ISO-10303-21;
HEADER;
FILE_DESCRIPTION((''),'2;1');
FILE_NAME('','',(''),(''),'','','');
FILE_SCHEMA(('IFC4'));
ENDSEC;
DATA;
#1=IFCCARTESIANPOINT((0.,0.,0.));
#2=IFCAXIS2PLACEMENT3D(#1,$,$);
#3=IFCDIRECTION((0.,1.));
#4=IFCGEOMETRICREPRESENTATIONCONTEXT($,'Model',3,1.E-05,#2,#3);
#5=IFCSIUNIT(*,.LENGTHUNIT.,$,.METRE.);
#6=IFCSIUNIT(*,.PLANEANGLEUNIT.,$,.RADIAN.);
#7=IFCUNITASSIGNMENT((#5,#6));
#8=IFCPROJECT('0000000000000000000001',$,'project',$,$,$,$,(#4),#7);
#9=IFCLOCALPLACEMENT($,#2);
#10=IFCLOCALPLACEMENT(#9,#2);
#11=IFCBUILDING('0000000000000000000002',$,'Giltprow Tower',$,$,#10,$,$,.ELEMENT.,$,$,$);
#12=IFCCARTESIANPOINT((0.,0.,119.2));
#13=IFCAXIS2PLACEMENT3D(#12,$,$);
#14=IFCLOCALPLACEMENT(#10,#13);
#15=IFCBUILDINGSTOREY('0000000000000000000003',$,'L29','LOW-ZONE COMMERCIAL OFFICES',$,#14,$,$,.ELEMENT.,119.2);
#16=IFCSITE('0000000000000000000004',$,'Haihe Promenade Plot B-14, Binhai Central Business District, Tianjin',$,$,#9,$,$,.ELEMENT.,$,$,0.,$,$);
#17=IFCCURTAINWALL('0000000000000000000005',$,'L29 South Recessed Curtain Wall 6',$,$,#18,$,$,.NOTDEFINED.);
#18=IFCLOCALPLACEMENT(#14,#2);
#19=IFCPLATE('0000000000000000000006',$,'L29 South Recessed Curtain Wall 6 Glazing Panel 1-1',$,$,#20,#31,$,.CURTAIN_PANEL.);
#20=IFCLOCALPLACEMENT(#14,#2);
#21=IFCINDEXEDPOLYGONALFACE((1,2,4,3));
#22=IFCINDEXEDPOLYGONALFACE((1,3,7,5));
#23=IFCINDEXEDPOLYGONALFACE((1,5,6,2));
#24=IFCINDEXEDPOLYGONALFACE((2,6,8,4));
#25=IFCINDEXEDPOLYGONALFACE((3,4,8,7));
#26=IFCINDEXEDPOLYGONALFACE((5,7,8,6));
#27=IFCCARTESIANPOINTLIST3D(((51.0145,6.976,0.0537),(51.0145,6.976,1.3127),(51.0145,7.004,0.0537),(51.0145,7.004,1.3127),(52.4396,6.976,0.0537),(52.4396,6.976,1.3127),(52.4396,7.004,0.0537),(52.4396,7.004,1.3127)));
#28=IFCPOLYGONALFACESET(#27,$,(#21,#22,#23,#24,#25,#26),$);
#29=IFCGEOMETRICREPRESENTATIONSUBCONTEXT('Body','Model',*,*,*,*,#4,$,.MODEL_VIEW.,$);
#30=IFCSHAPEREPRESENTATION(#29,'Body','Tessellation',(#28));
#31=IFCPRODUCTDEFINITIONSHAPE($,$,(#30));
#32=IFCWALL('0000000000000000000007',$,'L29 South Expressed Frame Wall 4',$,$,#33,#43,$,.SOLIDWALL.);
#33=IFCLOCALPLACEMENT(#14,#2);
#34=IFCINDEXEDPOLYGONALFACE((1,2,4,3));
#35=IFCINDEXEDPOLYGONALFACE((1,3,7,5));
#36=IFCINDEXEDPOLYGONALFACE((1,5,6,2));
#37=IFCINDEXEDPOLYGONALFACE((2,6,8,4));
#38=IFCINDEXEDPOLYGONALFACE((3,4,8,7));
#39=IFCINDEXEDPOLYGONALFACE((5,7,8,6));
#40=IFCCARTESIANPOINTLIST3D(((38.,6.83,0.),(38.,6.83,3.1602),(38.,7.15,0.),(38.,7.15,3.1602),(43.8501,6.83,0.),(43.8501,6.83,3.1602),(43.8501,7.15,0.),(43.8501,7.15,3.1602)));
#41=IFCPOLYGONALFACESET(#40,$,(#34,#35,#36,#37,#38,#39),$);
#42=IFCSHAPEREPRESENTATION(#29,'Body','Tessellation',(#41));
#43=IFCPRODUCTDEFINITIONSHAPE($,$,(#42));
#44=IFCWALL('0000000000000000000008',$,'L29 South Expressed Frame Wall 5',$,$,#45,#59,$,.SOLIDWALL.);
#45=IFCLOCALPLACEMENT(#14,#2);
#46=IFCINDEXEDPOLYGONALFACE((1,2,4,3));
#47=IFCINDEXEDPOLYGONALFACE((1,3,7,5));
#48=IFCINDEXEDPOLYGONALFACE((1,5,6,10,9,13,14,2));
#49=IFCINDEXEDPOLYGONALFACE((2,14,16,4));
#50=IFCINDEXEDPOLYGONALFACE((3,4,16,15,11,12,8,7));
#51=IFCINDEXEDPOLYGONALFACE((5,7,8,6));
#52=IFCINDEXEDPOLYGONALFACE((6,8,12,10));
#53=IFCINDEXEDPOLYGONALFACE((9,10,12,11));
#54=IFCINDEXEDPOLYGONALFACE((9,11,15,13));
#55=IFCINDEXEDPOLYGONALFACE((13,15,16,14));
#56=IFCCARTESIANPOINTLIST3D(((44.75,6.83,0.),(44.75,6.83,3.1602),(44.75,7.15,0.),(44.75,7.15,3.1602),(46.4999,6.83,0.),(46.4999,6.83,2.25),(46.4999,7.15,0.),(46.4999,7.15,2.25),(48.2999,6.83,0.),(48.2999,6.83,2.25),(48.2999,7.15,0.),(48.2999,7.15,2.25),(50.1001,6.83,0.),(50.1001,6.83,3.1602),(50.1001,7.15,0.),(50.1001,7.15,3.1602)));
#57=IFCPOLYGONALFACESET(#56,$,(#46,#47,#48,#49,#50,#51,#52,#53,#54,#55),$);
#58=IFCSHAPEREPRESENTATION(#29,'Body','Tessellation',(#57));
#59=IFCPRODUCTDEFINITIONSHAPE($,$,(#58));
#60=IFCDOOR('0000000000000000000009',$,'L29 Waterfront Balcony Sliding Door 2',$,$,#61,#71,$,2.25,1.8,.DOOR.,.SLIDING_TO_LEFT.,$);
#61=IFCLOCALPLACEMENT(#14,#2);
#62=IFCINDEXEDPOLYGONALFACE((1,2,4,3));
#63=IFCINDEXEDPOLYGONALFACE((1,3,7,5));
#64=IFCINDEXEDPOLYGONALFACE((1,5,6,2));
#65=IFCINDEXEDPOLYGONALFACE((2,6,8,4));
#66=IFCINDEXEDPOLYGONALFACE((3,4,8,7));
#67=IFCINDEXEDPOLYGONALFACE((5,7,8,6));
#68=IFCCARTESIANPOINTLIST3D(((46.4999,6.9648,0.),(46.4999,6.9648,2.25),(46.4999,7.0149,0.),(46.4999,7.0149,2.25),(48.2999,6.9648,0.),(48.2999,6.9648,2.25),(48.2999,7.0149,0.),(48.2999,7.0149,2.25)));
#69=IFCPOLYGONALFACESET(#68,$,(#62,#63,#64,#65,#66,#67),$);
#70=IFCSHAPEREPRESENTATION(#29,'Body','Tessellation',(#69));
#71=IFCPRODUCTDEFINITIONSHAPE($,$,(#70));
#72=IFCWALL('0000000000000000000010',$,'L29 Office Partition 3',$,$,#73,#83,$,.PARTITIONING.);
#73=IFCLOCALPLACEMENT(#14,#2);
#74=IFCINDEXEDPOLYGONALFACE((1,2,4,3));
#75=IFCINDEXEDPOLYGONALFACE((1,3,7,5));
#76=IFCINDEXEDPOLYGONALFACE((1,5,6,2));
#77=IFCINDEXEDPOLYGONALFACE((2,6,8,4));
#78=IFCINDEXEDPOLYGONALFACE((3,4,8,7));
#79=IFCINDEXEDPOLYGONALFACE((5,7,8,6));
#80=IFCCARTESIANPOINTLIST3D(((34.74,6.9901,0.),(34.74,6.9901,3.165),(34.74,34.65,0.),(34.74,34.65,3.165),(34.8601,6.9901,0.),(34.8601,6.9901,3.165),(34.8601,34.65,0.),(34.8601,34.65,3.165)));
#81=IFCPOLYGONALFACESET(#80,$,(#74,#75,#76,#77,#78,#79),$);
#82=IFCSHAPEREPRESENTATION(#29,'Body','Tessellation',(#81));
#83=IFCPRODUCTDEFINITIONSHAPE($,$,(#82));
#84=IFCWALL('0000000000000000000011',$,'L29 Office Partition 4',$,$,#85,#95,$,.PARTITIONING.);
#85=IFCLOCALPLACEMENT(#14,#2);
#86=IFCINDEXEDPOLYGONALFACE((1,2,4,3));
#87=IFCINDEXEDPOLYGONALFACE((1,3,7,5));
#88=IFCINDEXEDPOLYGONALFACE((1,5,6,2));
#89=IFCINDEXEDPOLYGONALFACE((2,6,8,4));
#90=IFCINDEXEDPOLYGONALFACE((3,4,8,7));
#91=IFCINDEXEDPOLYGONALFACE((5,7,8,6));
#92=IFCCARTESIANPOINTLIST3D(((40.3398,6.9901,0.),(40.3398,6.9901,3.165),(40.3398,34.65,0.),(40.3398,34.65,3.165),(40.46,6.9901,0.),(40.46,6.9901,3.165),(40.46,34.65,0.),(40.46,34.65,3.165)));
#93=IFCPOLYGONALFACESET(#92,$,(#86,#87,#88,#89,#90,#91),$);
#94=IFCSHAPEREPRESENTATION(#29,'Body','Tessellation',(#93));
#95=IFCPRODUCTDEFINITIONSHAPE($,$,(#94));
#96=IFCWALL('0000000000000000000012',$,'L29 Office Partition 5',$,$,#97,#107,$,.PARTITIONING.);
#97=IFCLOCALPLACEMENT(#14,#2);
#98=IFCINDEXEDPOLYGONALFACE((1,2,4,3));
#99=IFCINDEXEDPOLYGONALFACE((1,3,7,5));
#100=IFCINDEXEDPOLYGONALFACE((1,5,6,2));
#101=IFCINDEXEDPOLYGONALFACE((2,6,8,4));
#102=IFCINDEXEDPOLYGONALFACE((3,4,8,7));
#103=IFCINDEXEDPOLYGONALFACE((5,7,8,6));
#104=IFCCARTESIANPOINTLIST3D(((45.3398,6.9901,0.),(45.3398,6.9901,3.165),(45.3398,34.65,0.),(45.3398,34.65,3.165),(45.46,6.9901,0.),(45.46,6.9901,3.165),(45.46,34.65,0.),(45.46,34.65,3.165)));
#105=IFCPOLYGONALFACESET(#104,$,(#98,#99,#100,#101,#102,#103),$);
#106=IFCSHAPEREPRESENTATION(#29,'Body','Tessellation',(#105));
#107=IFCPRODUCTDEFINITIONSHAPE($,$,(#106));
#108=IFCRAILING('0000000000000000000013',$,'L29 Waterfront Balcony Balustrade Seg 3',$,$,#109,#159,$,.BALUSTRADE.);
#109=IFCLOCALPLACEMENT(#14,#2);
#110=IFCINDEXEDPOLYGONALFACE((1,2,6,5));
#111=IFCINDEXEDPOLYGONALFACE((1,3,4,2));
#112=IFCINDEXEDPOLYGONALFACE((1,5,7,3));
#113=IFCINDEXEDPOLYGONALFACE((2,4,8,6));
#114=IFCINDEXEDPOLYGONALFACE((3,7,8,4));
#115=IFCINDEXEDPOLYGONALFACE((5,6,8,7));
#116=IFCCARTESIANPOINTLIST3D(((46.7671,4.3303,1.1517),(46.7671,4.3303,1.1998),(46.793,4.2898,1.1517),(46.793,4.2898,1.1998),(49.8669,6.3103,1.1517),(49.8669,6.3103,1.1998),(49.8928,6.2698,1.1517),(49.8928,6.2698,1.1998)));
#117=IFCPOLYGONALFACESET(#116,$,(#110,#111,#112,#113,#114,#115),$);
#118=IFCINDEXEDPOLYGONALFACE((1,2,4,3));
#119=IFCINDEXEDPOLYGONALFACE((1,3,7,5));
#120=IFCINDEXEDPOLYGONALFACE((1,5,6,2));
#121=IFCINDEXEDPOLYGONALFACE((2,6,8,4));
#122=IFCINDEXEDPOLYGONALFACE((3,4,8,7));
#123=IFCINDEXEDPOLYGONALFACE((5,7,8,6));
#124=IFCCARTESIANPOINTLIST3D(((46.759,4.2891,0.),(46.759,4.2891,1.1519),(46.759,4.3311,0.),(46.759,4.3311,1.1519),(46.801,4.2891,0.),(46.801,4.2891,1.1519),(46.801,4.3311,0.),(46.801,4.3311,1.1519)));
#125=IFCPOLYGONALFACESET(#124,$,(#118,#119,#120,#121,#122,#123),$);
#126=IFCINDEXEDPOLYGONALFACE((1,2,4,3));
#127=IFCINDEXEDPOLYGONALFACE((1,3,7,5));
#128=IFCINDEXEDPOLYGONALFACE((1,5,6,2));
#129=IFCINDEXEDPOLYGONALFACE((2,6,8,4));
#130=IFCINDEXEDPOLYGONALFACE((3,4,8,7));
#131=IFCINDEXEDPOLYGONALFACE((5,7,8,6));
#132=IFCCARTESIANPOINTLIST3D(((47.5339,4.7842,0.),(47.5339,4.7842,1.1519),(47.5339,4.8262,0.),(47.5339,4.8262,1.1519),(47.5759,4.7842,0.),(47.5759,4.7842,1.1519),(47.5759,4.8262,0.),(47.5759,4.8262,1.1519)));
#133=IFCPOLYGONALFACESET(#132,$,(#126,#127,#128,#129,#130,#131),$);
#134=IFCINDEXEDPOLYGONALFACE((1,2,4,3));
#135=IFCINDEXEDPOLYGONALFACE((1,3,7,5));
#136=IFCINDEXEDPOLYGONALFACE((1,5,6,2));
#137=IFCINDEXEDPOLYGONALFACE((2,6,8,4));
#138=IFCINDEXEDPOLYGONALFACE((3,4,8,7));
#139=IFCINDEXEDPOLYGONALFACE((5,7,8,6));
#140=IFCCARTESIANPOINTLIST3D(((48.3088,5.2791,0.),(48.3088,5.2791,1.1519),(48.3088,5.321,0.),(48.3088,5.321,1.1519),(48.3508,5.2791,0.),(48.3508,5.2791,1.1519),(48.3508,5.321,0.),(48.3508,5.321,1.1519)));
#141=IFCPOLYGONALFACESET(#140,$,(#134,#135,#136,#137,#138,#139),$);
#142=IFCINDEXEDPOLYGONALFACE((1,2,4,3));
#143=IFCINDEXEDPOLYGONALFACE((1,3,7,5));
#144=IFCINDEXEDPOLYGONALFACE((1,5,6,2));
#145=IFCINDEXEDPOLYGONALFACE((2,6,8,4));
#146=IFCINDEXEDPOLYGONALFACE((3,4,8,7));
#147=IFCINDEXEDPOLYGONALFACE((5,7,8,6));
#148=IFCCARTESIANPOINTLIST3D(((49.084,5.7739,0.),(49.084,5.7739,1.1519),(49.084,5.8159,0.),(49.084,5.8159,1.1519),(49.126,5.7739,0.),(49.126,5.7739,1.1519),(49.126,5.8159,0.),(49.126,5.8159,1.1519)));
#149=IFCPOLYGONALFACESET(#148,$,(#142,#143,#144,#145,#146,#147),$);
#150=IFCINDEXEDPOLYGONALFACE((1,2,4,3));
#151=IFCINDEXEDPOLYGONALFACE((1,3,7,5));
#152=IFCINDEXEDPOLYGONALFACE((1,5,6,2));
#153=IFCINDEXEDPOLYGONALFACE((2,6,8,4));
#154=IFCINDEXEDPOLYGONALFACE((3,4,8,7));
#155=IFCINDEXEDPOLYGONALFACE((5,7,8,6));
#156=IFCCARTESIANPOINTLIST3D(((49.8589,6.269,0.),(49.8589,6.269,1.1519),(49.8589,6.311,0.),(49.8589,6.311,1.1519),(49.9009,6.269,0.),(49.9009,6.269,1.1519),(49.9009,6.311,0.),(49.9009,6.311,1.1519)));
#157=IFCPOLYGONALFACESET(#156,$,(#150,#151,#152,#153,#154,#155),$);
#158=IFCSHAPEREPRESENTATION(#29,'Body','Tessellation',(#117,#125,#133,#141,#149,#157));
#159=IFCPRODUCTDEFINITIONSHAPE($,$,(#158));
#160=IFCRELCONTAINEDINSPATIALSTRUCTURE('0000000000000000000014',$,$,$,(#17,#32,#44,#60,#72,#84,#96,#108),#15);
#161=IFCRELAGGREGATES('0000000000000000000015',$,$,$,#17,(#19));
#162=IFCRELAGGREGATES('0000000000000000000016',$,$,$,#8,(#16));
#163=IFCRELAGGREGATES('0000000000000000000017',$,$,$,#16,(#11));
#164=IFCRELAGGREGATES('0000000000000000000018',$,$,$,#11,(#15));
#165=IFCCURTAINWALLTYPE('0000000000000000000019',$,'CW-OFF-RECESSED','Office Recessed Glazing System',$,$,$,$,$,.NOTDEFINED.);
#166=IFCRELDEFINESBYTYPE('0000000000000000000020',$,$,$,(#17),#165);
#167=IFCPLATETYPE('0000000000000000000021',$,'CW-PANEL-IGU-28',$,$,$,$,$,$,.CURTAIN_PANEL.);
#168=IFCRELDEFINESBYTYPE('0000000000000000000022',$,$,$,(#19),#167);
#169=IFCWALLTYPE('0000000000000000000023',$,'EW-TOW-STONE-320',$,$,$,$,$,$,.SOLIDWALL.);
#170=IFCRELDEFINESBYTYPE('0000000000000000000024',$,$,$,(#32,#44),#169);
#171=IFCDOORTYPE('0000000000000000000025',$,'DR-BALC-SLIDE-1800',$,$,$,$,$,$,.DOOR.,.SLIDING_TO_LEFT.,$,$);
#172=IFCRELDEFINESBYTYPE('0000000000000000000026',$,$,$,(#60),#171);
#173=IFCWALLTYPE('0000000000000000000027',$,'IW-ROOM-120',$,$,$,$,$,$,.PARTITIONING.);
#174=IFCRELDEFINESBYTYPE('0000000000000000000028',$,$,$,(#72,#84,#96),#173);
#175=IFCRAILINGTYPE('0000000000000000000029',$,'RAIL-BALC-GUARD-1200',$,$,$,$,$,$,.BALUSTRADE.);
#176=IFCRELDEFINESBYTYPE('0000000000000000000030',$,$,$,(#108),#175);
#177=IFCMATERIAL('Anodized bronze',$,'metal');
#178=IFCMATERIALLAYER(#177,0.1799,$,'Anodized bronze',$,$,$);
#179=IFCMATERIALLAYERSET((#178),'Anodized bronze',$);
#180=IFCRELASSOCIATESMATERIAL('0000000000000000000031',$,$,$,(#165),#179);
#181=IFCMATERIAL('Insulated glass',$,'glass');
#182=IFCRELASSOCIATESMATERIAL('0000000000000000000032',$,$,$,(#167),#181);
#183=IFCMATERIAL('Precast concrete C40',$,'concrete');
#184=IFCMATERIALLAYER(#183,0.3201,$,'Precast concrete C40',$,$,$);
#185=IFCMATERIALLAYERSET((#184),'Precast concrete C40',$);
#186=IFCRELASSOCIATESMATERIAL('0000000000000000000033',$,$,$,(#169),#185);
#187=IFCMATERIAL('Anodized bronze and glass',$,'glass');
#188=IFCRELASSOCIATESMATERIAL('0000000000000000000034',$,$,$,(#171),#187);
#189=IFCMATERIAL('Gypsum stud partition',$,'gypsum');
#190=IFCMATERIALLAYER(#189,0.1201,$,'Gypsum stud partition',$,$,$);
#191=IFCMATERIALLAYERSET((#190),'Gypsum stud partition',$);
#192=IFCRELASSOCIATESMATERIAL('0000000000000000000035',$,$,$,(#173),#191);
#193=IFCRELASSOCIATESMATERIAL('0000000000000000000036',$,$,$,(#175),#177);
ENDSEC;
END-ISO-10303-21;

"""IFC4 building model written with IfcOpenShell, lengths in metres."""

from ifc_helpers import new_model, si_unit, direction, frame, frame_2d, origin, origin_2d, place, context, subcontext, project, spatial, rectangle, extrude, source, transform, mapped, material, layer, layer_set, type_object, element, fill, aggregate, save


model = new_model("IFC4")

# Units and contexts
model_context = context("Model", 3, precision=1e-05, world=origin(), true_north=direction((0.0, 1.0)))
body_context = subcontext(model_context, "Body", "Model", "MODEL_VIEW")
ifc_project = project(units=[si_unit("LENGTHUNIT", "METRE"), si_unit("PLANEANGLEUNIT", "RADIAN")], contexts=[model_context])

# Site, building, storey
site_placement = place(None, origin())
site = spatial("IfcSite", under=ifc_project, at=site_placement, Name="Haihe Promenade Plot B-14, Binhai Central Business District, Tianjin", CompositionType="ELEMENT", RefElevation=0.0)
building_placement = place(site_placement, origin())
building = spatial("IfcBuilding", under=site, at=building_placement, Name="Giltprow Tower", CompositionType="ELEMENT")
storey_placement = place(building_placement, frame((0.0, 0.0, 119.2)))
storey = spatial("IfcBuildingStorey", under=building, at=storey_placement, Name="L29", Description="LOW-ZONE COMMERCIAL OFFICES", CompositionType="ELEMENT", Elevation=119.2)

# Curtain wall
ifc_material_1 = material(Name="Anodized bronze", Category="metal")
ifc_layer_1 = layer(ifc_material_1, 0.1799, Name="Anodized bronze")
ifc_layer_set_1 = layer_set([ifc_layer_1], Name="Anodized bronze")
curtain_wall_type = type_object("IfcCurtainWallType", Name="CW-OFF-RECESSED", Description="Office Recessed Glazing System", PredefinedType="NOTDEFINED", material=ifc_layer_set_1)
curtain_wall_placement = place(storey_placement, origin())
curtain_wall = element("IfcCurtainWall", 1, at=curtain_wall_placement, inside=storey, type_object=curtain_wall_type, Name="L29 South Recessed Curtain Wall 6", PredefinedType="NOTDEFINED")

# Plate
ifc_material_2 = material(Name="Insulated glass", Category="glass")
plate_type_1 = type_object("IfcPlateType", Name="CW-PANEL-IGU-28", PredefinedType="CURTAIN_PANEL", material=ifc_material_2)
shared_shape_1 = source(origin(), body_context, "Body", "SweptSolid", [
    extrude(rectangle(XDim=1.425, YDim=0.0281, at=origin_2d()), origin(), (0.0, 0.0, 1.0), 1.259),
])
plate_1_placement = place(storey_placement, frame((51.7271, 6.99, 0.0537), z_axis=(0.0, 0.0, 1.0), x_axis=(1.0, 0.0, 0.0)))
plate_1 = element("IfcPlate", 2, at=plate_1_placement, type_object=plate_type_1, Name="L29 South Recessed Curtain Wall 6 Glazing Panel 1-1", PredefinedType="CURTAIN_PANEL", context=body_context, shape_type="MappedRepresentation", body=[
    mapped(shared_shape_1, transform((0.0, 0.0, 0.0), x_axis=(1.0, 0.0, 0.0), y_axis=(0.0, 1.0, 0.0), z_axis=(0.0, 0.0, 1.0), scale=1.0)),
])
aggregate(curtain_wall, [plate_1])

# Wall
ifc_material_3 = material(Name="Precast concrete C40", Category="concrete")
ifc_layer_2 = layer(ifc_material_3, 0.3201, Name="Precast concrete C40")
ifc_layer_set_2 = layer_set([ifc_layer_2], Name="Precast concrete C40")
wall_type_1 = type_object("IfcWallType", Name="EW-TOW-STONE-320", PredefinedType="SOLIDWALL", material=ifc_layer_set_2)
wall_1_placement = place(storey_placement, frame((38.0, 6.99, 0.0), z_axis=(0.0, 0.0, 1.0), x_axis=(1.0, 0.0, 0.0)))
element("IfcWall", 3, at=wall_1_placement, inside=storey, type_object=wall_type_1, Name="L29 South Expressed Frame Wall 4", PredefinedType="SOLIDWALL", context=body_context, shape_type="SweptSolid", body=[
    extrude(rectangle(XDim=5.8501, YDim=0.3201, at=frame_2d((2.925, 0.0))), origin(), (0.0, 0.0, 1.0), 3.1602),
])

# Wall, opening, door
wall_2_placement = place(storey_placement, frame((44.75, 6.99, 0.0), z_axis=(0.0, 0.0, 1.0), x_axis=(1.0, 0.0, 0.0)))
wall_2 = element("IfcWall", 4, at=wall_2_placement, inside=storey, type_object=wall_type_1, Name="L29 South Expressed Frame Wall 5", PredefinedType="SOLIDWALL", context=body_context, shape_type="SweptSolid", body=[
    extrude(rectangle(XDim=5.3501, YDim=0.3201, at=frame_2d((2.675, 0.0))), origin(), (0.0, 0.0, 1.0), 3.1602),
])
opening_placement = place(wall_2_placement, frame((1.75, 0.0, 0.0)))
opening = element("IfcOpeningElement", 5, at=opening_placement, cuts=wall_2, PredefinedType="OPENING", context=body_context, shape_type="SweptSolid", body=[
    extrude(rectangle(XDim=1.8, YDim=2.25, at=frame_2d((0.8999, 1.125))), frame((0.0, 0.1699, 0.0), z_axis=(0.0, -1.0, 0.0), x_axis=(1.0, 0.0, 0.0)), (0.0, 0.0, 1.0), 0.3401),
])
ifc_material_4 = material(Name="Anodized bronze and glass", Category="glass")
door_type = type_object("IfcDoorType", Name="DR-BALC-SLIDE-1800", OperationType="SLIDING_TO_LEFT", PredefinedType="DOOR", material=ifc_material_4)
shared_shape_2 = source(origin(), body_context, "Body", "SweptSolid", [
    extrude(rectangle(XDim=1.8, YDim=2.25, at=frame_2d((0.8999, 1.125))), frame((0.0, 0.0249, 0.0), z_axis=(0.0, -1.0, 0.0), x_axis=(1.0, 0.0, 0.0)), (0.0, 0.0, 1.0), 0.05),
])
door_placement = place(opening_placement, origin())
door = element("IfcDoor", 6, at=door_placement, inside=storey, type_object=door_type, Name="L29 Waterfront Balcony Sliding Door 2", OperationType="SLIDING_TO_LEFT", OverallHeight=2.25, OverallWidth=1.8, PredefinedType="DOOR", context=body_context, shape_type="MappedRepresentation", body=[
    mapped(shared_shape_2, transform((0.0, 0.0, 0.0), x_axis=(1.0, 0.0, 0.0), y_axis=(0.0, 1.0, 0.0), z_axis=(0.0, 0.0, 1.0), scale=1.0)),
])
fill(opening, door)

# Walls
ifc_material_5 = material(Name="Gypsum stud partition", Category="gypsum")
ifc_layer_3 = layer(ifc_material_5, 0.1201, Name="Gypsum stud partition")
ifc_layer_set_3 = layer_set([ifc_layer_3], Name="Gypsum stud partition")
wall_type_2 = type_object("IfcWallType", Name="IW-ROOM-120", PredefinedType="PARTITIONING", material=ifc_layer_set_3)
for number, where, z_axis, x_axis, name in (
    (7, (34.8, 6.99, 0.0), (0.0, 0.0, 1.0), (0.0, 1.0, 0.0), "L29 Office Partition 3"),
    (8, (40.3999, 6.99, 0.0), (0.0, 0.0, 1.0), (0.0, 1.0, 0.0), "L29 Office Partition 4"),
    (9, (45.3999, 6.99, 0.0), (0.0, 0.0, 1.0), (0.0, 1.0, 0.0), "L29 Office Partition 5"),
):
    element("IfcWall", number, at=place(storey_placement, frame(where, z_axis=z_axis, x_axis=x_axis)), inside=storey, type_object=wall_type_2, Name=name, PredefinedType="PARTITIONING", context=body_context, shape_type="SweptSolid", body=[
        extrude(rectangle(XDim=27.6599, YDim=0.1201, at=frame_2d((13.8301, 0.0))), origin(), (0.0, 0.0, 1.0), 3.165),
    ])

# Railing
railing_type = type_object("IfcRailingType", Name="RAIL-BALC-GUARD-1200", PredefinedType="BALUSTRADE", material=ifc_material_1)
railing_1_placement = place(storey_placement, frame((46.78, 4.3101, 0.0)))
element("IfcRailing", 10, at=railing_1_placement, inside=storey, type_object=railing_type, Name="L29 Waterfront Balcony Balustrade Seg 3", PredefinedType="BALUSTRADE", context=body_context, shape_type="SweptSolid", body=[
    extrude(rectangle(XDim=0.0481, YDim=0.0481, at=origin_2d()), frame((0.0, 0.0, 1.1758), z_axis=(0.842756, 0.538296, 0.0), x_axis=(-0.538296, 0.842756, 0.0)), (0.0, 0.0, 1.0), 3.6782),
    extrude(rectangle(XDim=0.042, YDim=0.042, at=origin_2d()), origin(), (0.0, 0.0, 1.0), 1.1519),
    extrude(rectangle(XDim=0.042, YDim=0.042, at=origin_2d()), frame((0.7749, 0.4951, 0.0)), (0.0, 0.0, 1.0), 1.1519),
    extrude(rectangle(XDim=0.042, YDim=0.042, at=origin_2d()), frame((1.5498, 0.99, 0.0)), (0.0, 0.0, 1.0), 1.1519),
    extrude(rectangle(XDim=0.042, YDim=0.042, at=origin_2d()), frame((2.325, 1.4849, 0.0)), (0.0, 0.0, 1.0), 1.1519),
    extrude(rectangle(XDim=0.042, YDim=0.042, at=origin_2d()), frame((3.0999, 1.98, 0.0)), (0.0, 0.0, 1.0), 1.1519),
])

save(model, "model.ifc")
